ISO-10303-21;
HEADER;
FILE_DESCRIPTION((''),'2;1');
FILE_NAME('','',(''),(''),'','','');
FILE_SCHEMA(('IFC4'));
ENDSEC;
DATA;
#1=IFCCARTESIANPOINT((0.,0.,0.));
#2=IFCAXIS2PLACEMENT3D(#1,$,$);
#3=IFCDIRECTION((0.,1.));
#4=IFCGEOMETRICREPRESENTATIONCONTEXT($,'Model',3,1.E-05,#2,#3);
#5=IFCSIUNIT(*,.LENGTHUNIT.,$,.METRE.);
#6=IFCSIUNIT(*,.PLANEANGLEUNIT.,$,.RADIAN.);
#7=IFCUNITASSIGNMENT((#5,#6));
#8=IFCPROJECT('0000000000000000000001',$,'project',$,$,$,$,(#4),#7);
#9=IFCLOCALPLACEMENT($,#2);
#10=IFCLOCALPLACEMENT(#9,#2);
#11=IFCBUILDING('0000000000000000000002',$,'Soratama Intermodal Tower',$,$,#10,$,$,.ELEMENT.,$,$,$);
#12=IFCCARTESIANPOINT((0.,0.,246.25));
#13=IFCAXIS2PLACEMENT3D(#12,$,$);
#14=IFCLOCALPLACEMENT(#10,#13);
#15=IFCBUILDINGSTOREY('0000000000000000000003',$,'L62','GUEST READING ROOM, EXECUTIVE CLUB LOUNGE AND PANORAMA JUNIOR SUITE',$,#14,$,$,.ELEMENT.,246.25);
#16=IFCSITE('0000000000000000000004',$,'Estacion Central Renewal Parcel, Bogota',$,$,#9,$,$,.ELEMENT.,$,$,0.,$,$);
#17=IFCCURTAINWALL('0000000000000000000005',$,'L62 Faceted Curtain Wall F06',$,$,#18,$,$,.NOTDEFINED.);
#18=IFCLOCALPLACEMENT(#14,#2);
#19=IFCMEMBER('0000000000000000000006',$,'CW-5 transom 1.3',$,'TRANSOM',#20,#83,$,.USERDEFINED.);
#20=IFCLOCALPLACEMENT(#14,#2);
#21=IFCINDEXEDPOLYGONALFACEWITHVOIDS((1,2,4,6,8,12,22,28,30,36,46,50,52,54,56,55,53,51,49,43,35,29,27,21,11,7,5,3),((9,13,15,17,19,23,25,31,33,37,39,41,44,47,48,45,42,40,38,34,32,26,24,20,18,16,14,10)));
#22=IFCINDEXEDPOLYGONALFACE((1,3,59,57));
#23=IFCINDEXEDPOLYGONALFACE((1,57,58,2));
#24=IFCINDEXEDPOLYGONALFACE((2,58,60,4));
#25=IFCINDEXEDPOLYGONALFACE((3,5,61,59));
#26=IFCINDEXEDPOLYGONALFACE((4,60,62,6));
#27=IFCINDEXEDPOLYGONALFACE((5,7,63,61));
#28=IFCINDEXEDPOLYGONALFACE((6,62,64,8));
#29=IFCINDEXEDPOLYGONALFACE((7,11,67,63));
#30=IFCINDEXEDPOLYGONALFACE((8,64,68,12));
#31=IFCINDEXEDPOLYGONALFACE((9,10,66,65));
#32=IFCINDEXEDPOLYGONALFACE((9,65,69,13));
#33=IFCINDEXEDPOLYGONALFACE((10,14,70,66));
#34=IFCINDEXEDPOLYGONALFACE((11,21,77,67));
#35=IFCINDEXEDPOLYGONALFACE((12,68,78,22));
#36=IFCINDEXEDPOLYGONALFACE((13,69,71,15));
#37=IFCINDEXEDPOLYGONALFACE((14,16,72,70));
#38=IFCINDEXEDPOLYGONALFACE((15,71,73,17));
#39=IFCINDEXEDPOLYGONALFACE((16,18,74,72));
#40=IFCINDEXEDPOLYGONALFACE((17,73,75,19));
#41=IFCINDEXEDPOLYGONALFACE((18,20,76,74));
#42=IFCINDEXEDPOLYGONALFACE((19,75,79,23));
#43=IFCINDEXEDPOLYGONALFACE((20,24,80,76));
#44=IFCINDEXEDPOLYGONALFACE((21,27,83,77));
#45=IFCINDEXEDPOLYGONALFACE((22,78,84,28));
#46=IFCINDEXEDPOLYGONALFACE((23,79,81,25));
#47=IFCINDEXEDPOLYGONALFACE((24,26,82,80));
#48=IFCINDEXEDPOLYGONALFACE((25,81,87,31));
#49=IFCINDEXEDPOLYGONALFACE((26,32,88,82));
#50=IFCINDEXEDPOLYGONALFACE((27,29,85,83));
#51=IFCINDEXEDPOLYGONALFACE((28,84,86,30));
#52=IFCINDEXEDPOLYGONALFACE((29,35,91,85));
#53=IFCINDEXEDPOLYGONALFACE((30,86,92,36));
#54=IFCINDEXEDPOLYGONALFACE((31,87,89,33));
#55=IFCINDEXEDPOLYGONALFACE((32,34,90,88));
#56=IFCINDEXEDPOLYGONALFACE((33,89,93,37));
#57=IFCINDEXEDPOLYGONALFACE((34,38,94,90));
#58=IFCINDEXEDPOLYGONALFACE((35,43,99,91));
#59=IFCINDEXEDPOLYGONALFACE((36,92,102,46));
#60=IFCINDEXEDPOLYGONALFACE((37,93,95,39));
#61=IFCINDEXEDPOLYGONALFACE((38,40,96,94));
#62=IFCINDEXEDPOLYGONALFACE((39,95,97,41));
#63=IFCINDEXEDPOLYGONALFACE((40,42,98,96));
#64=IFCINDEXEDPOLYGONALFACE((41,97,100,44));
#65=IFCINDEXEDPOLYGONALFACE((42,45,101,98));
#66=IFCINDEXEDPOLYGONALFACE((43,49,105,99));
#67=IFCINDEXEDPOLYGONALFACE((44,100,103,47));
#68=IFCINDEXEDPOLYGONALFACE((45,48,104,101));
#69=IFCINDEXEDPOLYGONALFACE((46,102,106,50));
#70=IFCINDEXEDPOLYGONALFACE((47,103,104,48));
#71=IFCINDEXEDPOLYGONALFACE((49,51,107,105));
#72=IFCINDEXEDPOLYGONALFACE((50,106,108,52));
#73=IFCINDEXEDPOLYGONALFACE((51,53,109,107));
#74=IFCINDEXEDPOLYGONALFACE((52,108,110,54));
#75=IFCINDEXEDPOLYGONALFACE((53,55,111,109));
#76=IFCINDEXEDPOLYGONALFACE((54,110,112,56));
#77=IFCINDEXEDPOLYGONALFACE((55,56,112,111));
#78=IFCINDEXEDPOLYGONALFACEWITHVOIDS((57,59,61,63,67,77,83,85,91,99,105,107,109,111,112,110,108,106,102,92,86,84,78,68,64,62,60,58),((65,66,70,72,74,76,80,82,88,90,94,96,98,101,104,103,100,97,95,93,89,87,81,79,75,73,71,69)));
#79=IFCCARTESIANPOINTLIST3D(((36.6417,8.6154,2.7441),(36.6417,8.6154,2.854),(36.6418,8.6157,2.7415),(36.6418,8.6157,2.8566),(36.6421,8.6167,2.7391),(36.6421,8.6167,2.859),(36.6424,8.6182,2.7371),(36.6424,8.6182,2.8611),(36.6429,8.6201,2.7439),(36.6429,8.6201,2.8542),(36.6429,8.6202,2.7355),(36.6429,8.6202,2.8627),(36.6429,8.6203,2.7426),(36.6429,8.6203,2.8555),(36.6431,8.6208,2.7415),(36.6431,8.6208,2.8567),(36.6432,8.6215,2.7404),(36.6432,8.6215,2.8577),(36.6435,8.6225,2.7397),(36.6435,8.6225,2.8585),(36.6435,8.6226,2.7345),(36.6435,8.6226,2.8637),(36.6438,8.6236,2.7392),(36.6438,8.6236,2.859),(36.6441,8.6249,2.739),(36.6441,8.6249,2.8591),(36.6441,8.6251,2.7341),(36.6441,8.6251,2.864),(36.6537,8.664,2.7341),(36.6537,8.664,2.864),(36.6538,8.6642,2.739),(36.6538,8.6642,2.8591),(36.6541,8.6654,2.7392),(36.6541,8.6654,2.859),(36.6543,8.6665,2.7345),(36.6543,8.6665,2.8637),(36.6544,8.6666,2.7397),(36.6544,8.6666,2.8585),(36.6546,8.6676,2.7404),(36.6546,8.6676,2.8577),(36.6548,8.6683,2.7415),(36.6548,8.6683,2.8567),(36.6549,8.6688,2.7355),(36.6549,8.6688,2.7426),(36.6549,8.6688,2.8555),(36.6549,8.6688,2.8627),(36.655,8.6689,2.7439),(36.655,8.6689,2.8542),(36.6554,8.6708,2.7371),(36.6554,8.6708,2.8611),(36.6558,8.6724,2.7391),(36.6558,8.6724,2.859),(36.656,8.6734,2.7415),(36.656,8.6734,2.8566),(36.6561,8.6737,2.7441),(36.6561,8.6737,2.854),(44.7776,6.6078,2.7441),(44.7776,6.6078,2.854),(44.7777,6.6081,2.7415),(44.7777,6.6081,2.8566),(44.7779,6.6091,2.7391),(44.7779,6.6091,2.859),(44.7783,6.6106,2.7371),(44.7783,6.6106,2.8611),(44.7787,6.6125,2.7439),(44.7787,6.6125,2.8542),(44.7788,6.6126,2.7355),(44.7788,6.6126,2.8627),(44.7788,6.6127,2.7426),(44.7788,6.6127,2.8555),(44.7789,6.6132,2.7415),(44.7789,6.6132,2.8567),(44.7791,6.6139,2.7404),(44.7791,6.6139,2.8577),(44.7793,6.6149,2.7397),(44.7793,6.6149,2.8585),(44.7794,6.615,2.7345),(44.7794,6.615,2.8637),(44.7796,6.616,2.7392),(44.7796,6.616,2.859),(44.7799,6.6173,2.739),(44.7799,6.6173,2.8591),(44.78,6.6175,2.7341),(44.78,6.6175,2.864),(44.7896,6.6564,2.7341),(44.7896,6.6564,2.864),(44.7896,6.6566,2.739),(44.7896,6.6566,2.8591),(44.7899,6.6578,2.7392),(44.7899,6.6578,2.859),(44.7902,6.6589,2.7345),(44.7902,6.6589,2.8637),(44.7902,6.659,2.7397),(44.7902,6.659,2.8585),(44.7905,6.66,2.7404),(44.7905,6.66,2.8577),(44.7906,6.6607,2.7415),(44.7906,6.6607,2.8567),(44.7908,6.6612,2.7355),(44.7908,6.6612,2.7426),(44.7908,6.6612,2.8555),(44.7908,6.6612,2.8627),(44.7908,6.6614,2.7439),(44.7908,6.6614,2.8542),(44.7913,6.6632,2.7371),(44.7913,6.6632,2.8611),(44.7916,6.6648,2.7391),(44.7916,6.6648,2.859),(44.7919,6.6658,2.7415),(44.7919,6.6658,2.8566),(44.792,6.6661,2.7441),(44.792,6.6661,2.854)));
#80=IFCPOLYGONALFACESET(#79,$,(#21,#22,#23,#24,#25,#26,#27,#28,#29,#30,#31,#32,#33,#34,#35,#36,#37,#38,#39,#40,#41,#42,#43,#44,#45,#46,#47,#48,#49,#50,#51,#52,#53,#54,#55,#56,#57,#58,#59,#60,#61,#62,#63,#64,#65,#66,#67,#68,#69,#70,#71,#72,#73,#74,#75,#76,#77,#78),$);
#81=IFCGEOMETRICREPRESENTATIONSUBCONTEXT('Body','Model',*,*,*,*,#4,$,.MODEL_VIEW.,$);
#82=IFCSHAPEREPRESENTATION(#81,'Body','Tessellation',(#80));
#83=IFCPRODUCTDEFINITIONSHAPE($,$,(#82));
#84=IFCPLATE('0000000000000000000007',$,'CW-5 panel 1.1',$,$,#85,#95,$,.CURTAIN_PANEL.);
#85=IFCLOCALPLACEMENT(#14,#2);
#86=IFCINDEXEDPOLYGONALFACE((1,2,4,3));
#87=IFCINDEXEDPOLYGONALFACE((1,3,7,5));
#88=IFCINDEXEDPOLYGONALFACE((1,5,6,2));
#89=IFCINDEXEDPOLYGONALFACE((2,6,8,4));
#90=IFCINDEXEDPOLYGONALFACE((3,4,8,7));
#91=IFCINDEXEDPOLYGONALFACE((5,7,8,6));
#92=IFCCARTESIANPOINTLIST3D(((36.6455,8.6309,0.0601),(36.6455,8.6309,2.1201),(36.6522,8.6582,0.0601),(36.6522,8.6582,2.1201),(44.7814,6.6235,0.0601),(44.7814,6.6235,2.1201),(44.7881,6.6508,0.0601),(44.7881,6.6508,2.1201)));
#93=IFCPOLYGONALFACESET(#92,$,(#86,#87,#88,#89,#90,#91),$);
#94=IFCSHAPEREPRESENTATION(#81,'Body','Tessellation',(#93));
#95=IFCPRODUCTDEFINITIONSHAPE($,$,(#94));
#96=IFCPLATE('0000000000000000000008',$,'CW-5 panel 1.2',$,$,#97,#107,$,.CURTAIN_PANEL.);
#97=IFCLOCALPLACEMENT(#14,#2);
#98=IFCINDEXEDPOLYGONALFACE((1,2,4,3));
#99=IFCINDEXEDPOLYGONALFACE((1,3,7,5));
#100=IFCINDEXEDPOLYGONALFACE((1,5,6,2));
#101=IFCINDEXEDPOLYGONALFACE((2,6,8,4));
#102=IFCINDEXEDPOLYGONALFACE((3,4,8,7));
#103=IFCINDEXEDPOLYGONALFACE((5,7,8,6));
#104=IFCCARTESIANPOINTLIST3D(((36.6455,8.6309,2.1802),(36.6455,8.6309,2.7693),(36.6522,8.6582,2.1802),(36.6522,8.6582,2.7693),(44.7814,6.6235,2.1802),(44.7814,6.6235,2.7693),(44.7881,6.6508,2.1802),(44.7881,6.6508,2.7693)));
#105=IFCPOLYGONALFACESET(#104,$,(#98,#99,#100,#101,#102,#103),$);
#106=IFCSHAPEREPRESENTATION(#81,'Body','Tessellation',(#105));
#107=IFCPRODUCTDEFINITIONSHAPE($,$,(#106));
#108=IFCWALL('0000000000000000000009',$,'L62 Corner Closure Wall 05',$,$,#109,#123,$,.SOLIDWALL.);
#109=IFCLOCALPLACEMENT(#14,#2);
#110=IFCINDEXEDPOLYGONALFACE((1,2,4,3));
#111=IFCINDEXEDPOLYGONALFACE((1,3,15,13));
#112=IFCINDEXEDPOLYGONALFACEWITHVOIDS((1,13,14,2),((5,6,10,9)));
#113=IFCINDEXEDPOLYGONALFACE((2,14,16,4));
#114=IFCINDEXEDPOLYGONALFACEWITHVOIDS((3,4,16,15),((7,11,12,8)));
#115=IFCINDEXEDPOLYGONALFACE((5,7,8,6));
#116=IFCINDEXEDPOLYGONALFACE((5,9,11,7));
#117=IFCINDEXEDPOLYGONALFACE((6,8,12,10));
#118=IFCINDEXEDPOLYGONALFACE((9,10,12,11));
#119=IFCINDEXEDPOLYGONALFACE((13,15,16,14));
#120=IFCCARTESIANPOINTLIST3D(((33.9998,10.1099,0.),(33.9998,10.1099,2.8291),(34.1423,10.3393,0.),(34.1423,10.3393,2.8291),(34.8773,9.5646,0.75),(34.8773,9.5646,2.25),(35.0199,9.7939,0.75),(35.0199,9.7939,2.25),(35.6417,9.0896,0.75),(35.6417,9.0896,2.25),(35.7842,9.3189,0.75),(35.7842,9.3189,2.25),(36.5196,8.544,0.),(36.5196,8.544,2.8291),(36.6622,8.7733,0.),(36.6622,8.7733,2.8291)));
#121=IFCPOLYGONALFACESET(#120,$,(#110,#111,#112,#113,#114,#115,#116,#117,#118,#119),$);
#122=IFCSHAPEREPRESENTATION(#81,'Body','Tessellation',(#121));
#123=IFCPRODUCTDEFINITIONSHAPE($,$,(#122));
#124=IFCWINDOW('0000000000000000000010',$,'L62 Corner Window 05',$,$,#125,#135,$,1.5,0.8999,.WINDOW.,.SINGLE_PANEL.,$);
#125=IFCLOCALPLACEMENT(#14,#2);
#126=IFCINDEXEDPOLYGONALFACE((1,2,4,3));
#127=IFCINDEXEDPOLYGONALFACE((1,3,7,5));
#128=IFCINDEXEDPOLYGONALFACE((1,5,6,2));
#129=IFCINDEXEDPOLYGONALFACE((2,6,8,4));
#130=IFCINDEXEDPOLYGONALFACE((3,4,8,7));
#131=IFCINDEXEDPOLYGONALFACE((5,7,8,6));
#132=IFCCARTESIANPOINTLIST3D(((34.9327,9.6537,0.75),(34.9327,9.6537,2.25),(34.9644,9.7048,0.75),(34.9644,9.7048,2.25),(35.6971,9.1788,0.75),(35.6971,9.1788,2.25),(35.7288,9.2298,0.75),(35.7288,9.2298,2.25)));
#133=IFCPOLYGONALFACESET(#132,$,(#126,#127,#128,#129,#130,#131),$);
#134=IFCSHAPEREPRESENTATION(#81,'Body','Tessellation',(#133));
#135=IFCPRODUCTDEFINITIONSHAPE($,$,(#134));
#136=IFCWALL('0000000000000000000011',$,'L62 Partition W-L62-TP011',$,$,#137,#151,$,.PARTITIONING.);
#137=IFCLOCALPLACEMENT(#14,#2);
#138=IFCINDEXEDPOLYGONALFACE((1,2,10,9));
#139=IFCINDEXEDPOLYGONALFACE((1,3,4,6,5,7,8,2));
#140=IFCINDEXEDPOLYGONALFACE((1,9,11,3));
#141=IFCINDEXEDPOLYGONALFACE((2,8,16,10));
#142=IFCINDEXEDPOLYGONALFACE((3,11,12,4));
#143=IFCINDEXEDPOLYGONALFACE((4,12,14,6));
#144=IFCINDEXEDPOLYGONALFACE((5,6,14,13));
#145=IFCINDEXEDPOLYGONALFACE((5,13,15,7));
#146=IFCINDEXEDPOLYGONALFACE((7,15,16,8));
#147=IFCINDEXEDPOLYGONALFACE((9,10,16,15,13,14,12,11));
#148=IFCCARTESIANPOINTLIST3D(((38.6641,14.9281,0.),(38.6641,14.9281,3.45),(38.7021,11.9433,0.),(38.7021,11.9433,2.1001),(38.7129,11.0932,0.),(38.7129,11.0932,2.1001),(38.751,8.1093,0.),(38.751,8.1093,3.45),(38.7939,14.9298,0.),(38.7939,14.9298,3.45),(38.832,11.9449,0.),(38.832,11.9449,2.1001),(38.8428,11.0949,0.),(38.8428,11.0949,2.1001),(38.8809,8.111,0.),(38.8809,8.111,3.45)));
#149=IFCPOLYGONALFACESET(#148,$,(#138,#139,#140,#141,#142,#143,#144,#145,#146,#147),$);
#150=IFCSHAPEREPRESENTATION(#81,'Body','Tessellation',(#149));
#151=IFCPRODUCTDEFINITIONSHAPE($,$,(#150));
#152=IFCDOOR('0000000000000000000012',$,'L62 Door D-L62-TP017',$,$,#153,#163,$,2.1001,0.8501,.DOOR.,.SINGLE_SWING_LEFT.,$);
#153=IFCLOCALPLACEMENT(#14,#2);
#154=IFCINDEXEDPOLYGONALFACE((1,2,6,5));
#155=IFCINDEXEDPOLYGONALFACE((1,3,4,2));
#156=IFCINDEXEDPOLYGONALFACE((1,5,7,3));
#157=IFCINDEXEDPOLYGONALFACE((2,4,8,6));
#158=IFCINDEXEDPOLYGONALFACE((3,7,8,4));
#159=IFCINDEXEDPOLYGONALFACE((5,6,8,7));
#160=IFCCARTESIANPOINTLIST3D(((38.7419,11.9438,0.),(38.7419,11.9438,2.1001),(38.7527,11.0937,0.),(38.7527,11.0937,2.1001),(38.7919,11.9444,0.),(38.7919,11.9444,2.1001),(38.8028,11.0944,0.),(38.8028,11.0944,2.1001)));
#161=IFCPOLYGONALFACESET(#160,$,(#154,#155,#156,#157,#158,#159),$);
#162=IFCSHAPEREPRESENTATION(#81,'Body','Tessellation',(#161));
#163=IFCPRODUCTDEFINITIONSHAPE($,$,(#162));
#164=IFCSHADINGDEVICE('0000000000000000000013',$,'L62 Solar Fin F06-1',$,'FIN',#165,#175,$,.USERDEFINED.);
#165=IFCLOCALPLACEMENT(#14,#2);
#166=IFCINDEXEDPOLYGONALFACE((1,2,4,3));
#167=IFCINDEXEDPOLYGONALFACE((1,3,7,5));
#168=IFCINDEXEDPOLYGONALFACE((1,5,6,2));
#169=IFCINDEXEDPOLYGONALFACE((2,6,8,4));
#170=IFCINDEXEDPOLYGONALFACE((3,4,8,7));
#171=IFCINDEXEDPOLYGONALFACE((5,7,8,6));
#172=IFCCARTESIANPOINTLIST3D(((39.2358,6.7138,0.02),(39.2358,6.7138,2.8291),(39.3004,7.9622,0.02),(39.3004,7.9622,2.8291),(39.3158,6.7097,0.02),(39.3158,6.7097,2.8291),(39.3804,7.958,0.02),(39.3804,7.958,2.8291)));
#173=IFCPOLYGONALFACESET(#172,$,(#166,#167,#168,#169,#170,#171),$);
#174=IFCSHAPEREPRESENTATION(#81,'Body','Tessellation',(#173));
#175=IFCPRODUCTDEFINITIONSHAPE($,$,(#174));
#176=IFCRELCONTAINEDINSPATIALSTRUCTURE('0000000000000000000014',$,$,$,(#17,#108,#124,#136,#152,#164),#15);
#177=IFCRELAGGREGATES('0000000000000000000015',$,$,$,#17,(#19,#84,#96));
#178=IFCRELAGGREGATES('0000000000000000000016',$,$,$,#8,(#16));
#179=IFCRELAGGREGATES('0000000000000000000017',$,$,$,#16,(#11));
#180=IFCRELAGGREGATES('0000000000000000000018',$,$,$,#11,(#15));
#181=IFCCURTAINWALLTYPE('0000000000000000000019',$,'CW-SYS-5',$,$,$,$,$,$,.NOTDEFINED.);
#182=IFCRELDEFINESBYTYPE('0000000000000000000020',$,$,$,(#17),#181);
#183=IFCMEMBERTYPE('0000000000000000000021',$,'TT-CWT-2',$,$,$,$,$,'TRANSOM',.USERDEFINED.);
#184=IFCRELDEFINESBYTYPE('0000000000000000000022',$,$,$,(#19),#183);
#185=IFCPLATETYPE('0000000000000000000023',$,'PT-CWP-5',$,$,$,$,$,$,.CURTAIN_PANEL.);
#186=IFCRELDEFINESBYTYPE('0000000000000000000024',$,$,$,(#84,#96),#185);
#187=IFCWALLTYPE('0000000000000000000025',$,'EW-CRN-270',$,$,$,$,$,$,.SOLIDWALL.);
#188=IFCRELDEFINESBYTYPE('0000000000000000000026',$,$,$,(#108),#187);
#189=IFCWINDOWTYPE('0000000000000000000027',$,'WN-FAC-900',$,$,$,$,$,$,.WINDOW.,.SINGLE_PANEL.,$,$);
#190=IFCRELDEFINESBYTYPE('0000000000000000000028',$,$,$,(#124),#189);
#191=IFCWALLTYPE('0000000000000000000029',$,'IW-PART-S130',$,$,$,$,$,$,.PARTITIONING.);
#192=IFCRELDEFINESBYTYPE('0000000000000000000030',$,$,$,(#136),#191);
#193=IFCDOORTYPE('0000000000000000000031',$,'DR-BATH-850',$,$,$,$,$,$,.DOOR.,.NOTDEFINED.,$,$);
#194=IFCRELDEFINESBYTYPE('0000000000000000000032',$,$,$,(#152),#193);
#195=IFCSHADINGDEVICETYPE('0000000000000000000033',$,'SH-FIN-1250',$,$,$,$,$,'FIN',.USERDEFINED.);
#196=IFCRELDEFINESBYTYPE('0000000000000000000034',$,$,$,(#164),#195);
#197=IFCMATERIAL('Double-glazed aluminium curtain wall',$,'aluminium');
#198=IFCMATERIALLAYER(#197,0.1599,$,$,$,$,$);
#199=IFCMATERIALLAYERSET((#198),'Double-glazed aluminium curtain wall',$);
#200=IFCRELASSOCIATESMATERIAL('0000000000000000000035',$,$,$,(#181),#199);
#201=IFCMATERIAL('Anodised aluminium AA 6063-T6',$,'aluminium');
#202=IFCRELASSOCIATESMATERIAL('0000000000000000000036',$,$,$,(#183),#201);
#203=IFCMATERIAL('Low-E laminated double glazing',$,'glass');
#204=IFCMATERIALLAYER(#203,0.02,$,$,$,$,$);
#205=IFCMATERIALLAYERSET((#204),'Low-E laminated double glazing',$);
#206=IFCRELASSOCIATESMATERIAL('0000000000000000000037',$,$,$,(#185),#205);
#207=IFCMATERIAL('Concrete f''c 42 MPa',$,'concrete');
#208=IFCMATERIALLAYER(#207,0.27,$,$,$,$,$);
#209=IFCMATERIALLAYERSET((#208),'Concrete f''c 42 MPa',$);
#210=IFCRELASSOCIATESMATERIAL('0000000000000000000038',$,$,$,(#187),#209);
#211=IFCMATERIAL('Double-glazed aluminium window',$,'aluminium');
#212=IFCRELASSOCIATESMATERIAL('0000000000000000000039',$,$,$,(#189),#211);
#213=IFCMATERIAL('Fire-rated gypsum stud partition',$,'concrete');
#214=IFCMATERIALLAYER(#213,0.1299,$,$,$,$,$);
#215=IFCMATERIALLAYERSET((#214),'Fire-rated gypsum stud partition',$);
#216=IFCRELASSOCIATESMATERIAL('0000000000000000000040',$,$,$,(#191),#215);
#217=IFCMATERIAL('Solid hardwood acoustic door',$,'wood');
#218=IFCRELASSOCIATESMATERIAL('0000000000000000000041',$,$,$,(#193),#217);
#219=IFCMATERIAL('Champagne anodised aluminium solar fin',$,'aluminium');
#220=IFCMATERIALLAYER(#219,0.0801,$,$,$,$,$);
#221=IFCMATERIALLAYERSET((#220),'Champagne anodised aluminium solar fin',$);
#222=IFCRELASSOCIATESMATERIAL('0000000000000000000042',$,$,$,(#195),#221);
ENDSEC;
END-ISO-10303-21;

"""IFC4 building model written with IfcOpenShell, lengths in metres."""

from ifc_helpers import new_model, si_unit, direction, frame, frame_2d, origin, origin_2d, place, context, subcontext, project, spatial, rectangle, hollow_rectangle, extrude, material, layer, layer_set, material_profile, profile_set, type_object, element, fill, aggregate, save


model = new_model("IFC4")

# Units and contexts
model_context = context("Model", 3, precision=1e-05, world=origin(), true_north=direction((0.0, 1.0)))
body_context = subcontext(model_context, "Body", "Model", "MODEL_VIEW")
ifc_project = project(units=[si_unit("LENGTHUNIT", "METRE"), si_unit("PLANEANGLEUNIT", "RADIAN")], contexts=[model_context])

# Site, building, storey
site_placement = place(None, origin())
site = spatial("IfcSite", under=ifc_project, at=site_placement, Name="Estacion Central Renewal Parcel, Bogota", CompositionType="ELEMENT", RefElevation=0.0)
building_placement = place(site_placement, origin())
building = spatial("IfcBuilding", under=site, at=building_placement, Name="Soratama Intermodal Tower", CompositionType="ELEMENT")
storey_placement = place(building_placement, frame((0.0, 0.0, 246.25)))
storey = spatial("IfcBuildingStorey", under=building, at=storey_placement, Name="L62", Description="GUEST READING ROOM, EXECUTIVE CLUB LOUNGE AND PANORAMA JUNIOR SUITE", CompositionType="ELEMENT", Elevation=246.25)

# Shared definitions
ifc_material_1 = material(Name="Double-glazed aluminium curtain wall", Category="aluminium")
ifc_layer_1 = layer(ifc_material_1, 0.1599)
ifc_layer_set_1 = layer_set([ifc_layer_1], Name="Double-glazed aluminium curtain wall")
curtain_wall_type = type_object("IfcCurtainWallType", Name="CW-SYS-5", PredefinedType="NOTDEFINED", material=ifc_layer_set_1)

# Curtain wall, member, plates
curtain_wall_1_placement = place(storey_placement, origin())
curtain_wall_1 = element("IfcCurtainWall", 1, at=curtain_wall_1_placement, inside=storey, type_object=curtain_wall_type, Name="L62 Faceted Curtain Wall F06", PredefinedType="NOTDEFINED")
ifc_material_2 = material(Name="Anodised aluminium AA 6063-T6", Category="aluminium")
ifc_material_profile_1 = material_profile(ifc_material_2, hollow_rectangle(XDim=0.0601, YDim=0.1299, WallThickness=0.0049, InnerFilletRadius=0.0049, OuterFilletRadius=0.01, at=origin_2d()), Name="CWT130X60X5")
ifc_profile_set_1 = profile_set([ifc_material_profile_1], Name="Anodised aluminium AA 6063-T6")
member_type_1 = type_object("IfcMemberType", Name="TT-CWT-2", ElementType="TRANSOM", PredefinedType="USERDEFINED", material=ifc_profile_set_1)
member_1_placement = place(storey_placement, frame((36.6489, 8.6445, 2.7991), z_axis=(0.970878, -0.239573, 0.0), x_axis=(0.239573, 0.970878, 0.0)))
member_1 = element("IfcMember", 2, at=member_1_placement, type_object=member_type_1, Name="CW-5 transom 1.3", ObjectType="TRANSOM", PredefinedType="USERDEFINED", context=body_context, shape_type="SweptSolid", body=[
    extrude(hollow_rectangle(XDim=0.0601, YDim=0.1299, WallThickness=0.0049, InnerFilletRadius=0.0049, OuterFilletRadius=0.01, at=origin_2d()), origin(), (0.0, 0.0, 1.0), 8.3799),
])
ifc_material_3 = material(Name="Low-E laminated double glazing", Category="glass")
ifc_layer_2 = layer(ifc_material_3, 0.02)
ifc_layer_set_2 = layer_set([ifc_layer_2], Name="Low-E laminated double glazing")
plate_type = type_object("IfcPlateType", Name="PT-CWP-5", PredefinedType="CURTAIN_PANEL", material=ifc_layer_set_2)
plate_1_placement = place(storey_placement, frame((40.7168, 7.6409, 0.0601), z_axis=(0.0, 0.0, 1.0), x_axis=(0.970885, -0.239548, 0.0)))
plate_1 = element("IfcPlate", 3, at=plate_1_placement, type_object=plate_type, Name="CW-5 panel 1.1", PredefinedType="CURTAIN_PANEL", context=body_context, shape_type="SweptSolid", body=[
    extrude(rectangle(XDim=8.3799, YDim=0.0281, at=origin_2d()), origin(), (0.0, 0.0, 1.0), 2.0601),
])
plate_2_placement = place(storey_placement, frame((40.7168, 7.6409, 2.1802), z_axis=(0.0, 0.0, 1.0), x_axis=(0.970885, -0.239548, 0.0)))
plate_2 = element("IfcPlate", 4, at=plate_2_placement, type_object=plate_type, Name="CW-5 panel 1.2", PredefinedType="CURTAIN_PANEL", context=body_context, shape_type="SweptSolid", body=[
    extrude(rectangle(XDim=8.3799, YDim=0.0281, at=origin_2d()), origin(), (0.0, 0.0, 1.0), 0.5891),
])
aggregate(curtain_wall_1, [member_1, plate_1, plate_2])

# Wall, opening, window
ifc_material_4 = material(Name="Concrete f'c 42 MPa", Category="concrete")
ifc_layer_3 = layer(ifc_material_4, 0.27)
ifc_layer_set_3 = layer_set([ifc_layer_3], Name="Concrete f'c 42 MPa")
wall_type_1 = type_object("IfcWallType", Name="EW-CRN-270", PredefinedType="SOLIDWALL", material=ifc_layer_set_3)
wall_1_placement = place(storey_placement, frame((34.071, 10.2246, 0.0), z_axis=(0.0, 0.0, 1.0), x_axis=(0.84935, -0.52783, 0.0)))
wall_1 = element("IfcWall", 5, at=wall_1_placement, inside=storey, type_object=wall_type_1, Name="L62 Corner Closure Wall 05", PredefinedType="SOLIDWALL", context=body_context, shape_type="SweptSolid", body=[
    extrude(rectangle(XDim=2.9668, YDim=0.27, at=frame_2d((1.4834, 0.0))), origin(), (0.0, 0.0, 1.0), 2.8291),
])
opening_1_placement = place(wall_1_placement, frame((1.0332, 0.0, 0.75)))
opening_1 = element("IfcOpeningElement", 6, at=opening_1_placement, cuts=wall_1, PredefinedType="OPENING", context=body_context, shape_type="SweptSolid", body=[
    extrude(rectangle(XDim=0.8999, YDim=1.5, at=frame_2d((0.45, 0.75))), frame((0.0, 0.145, 0.0), z_axis=(0.0, -1.0, 0.0), x_axis=(1.0, 0.0, 0.0)), (0.0, 0.0, 1.0), 0.29),
])
ifc_material_5 = material(Name="Double-glazed aluminium window", Category="aluminium")
window_type = type_object("IfcWindowType", Name="WN-FAC-900", PartitioningType="SINGLE_PANEL", PredefinedType="WINDOW", material=ifc_material_5)
window_placement = place(opening_1_placement, origin())
window = element("IfcWindow", 7, at=window_placement, inside=storey, type_object=window_type, Name="L62 Corner Window 05", OverallHeight=1.5, OverallWidth=0.8999, PartitioningType="SINGLE_PANEL", PredefinedType="WINDOW", context=body_context, shape_type="SweptSolid", body=[
    extrude(rectangle(XDim=0.8999, YDim=1.5, at=frame_2d((0.45, 0.75))), frame((0.0, 0.03, 0.0), z_axis=(0.0, -1.0, 0.0), x_axis=(1.0, 0.0, 0.0)), (0.0, 0.0, 1.0), 0.0601),
])
fill(opening_1, window)

# Wall, opening, door
ifc_material_6 = material(Name="Fire-rated gypsum stud partition", Category="concrete")
ifc_layer_4 = layer(ifc_material_6, 0.1299)
ifc_layer_set_4 = layer_set([ifc_layer_4], Name="Fire-rated gypsum stud partition")
wall_type_2 = type_object("IfcWallType", Name="IW-PART-S130", PredefinedType="PARTITIONING", material=ifc_layer_set_4)
wall_2_placement = place(storey_placement, frame((38.729, 14.929, 0.0), z_axis=(0.0, 0.0, 1.0), x_axis=(0.012745, -0.999919, 0.0)))
wall_2 = element("IfcWall", 8, at=wall_2_placement, inside=storey, type_object=wall_type_2, Name="L62 Partition W-L62-TP011", PredefinedType="PARTITIONING", context=body_context, shape_type="SweptSolid", body=[
    extrude(rectangle(XDim=6.8193, YDim=0.1299, at=frame_2d((3.4097, 0.0))), origin(), (0.0, 0.0, 1.0), 3.45),
])
opening_2_placement = place(wall_2_placement, frame((2.9851, 0.0, 0.0)))
opening_2 = element("IfcOpeningElement", 9, at=opening_2_placement, cuts=wall_2, PredefinedType="OPENING", context=body_context, shape_type="SweptSolid", body=[
    extrude(rectangle(XDim=0.8501, YDim=2.1001, at=frame_2d((0.425, 1.05))), frame((0.0, 0.075, 0.0), z_axis=(0.0, -1.0, 0.0), x_axis=(1.0, 0.0, 0.0)), (0.0, 0.0, 1.0), 0.1499),
])
ifc_material_7 = material(Name="Solid hardwood acoustic door", Category="wood")
door_type = type_object("IfcDoorType", Name="DR-BATH-850", OperationType="NOTDEFINED", PredefinedType="DOOR", material=ifc_material_7)
door_placement = place(opening_2_placement, origin())
door = element("IfcDoor", 10, at=door_placement, inside=storey, type_object=door_type, Name="L62 Door D-L62-TP017", OperationType="SINGLE_SWING_LEFT", OverallHeight=2.1001, OverallWidth=0.8501, PredefinedType="DOOR", context=body_context, shape_type="SweptSolid", body=[
    extrude(rectangle(XDim=0.8501, YDim=2.1001, at=frame_2d((0.425, 1.05))), frame((0.0, 0.0249, 0.0), z_axis=(0.0, -1.0, 0.0), x_axis=(1.0, 0.0, 0.0)), (0.0, 0.0, 1.0), 0.05),
])
fill(opening_2, door)

# Shading device
ifc_material_8 = material(Name="Champagne anodised aluminium solar fin", Category="aluminium")
ifc_layer_5 = layer(ifc_material_8, 0.0801)
ifc_layer_set_5 = layer_set([ifc_layer_5], Name="Champagne anodised aluminium solar fin")
shading_device_type = type_object("IfcShadingDeviceType", Name="SH-FIN-1250", ElementType="FIN", PredefinedType="USERDEFINED", material=ifc_layer_set_5)
shading_device_placement = place(storey_placement, frame((39.3081, 7.3359, 0.02), z_axis=(0.0, 0.0, 1.0), x_axis=(-0.051639, -0.998666, 0.0)))
element("IfcShadingDevice", 11, at=shading_device_placement, inside=storey, type_object=shading_device_type, Name="L62 Solar Fin F06-1", ObjectType="FIN", PredefinedType="USERDEFINED", context=body_context, shape_type="SweptSolid", body=[
    extrude(rectangle(XDim=1.25, YDim=0.0801, at=origin_2d()), origin(), (0.0, 0.0, 1.0), 2.8091),
])

save(model, "model.ifc")
